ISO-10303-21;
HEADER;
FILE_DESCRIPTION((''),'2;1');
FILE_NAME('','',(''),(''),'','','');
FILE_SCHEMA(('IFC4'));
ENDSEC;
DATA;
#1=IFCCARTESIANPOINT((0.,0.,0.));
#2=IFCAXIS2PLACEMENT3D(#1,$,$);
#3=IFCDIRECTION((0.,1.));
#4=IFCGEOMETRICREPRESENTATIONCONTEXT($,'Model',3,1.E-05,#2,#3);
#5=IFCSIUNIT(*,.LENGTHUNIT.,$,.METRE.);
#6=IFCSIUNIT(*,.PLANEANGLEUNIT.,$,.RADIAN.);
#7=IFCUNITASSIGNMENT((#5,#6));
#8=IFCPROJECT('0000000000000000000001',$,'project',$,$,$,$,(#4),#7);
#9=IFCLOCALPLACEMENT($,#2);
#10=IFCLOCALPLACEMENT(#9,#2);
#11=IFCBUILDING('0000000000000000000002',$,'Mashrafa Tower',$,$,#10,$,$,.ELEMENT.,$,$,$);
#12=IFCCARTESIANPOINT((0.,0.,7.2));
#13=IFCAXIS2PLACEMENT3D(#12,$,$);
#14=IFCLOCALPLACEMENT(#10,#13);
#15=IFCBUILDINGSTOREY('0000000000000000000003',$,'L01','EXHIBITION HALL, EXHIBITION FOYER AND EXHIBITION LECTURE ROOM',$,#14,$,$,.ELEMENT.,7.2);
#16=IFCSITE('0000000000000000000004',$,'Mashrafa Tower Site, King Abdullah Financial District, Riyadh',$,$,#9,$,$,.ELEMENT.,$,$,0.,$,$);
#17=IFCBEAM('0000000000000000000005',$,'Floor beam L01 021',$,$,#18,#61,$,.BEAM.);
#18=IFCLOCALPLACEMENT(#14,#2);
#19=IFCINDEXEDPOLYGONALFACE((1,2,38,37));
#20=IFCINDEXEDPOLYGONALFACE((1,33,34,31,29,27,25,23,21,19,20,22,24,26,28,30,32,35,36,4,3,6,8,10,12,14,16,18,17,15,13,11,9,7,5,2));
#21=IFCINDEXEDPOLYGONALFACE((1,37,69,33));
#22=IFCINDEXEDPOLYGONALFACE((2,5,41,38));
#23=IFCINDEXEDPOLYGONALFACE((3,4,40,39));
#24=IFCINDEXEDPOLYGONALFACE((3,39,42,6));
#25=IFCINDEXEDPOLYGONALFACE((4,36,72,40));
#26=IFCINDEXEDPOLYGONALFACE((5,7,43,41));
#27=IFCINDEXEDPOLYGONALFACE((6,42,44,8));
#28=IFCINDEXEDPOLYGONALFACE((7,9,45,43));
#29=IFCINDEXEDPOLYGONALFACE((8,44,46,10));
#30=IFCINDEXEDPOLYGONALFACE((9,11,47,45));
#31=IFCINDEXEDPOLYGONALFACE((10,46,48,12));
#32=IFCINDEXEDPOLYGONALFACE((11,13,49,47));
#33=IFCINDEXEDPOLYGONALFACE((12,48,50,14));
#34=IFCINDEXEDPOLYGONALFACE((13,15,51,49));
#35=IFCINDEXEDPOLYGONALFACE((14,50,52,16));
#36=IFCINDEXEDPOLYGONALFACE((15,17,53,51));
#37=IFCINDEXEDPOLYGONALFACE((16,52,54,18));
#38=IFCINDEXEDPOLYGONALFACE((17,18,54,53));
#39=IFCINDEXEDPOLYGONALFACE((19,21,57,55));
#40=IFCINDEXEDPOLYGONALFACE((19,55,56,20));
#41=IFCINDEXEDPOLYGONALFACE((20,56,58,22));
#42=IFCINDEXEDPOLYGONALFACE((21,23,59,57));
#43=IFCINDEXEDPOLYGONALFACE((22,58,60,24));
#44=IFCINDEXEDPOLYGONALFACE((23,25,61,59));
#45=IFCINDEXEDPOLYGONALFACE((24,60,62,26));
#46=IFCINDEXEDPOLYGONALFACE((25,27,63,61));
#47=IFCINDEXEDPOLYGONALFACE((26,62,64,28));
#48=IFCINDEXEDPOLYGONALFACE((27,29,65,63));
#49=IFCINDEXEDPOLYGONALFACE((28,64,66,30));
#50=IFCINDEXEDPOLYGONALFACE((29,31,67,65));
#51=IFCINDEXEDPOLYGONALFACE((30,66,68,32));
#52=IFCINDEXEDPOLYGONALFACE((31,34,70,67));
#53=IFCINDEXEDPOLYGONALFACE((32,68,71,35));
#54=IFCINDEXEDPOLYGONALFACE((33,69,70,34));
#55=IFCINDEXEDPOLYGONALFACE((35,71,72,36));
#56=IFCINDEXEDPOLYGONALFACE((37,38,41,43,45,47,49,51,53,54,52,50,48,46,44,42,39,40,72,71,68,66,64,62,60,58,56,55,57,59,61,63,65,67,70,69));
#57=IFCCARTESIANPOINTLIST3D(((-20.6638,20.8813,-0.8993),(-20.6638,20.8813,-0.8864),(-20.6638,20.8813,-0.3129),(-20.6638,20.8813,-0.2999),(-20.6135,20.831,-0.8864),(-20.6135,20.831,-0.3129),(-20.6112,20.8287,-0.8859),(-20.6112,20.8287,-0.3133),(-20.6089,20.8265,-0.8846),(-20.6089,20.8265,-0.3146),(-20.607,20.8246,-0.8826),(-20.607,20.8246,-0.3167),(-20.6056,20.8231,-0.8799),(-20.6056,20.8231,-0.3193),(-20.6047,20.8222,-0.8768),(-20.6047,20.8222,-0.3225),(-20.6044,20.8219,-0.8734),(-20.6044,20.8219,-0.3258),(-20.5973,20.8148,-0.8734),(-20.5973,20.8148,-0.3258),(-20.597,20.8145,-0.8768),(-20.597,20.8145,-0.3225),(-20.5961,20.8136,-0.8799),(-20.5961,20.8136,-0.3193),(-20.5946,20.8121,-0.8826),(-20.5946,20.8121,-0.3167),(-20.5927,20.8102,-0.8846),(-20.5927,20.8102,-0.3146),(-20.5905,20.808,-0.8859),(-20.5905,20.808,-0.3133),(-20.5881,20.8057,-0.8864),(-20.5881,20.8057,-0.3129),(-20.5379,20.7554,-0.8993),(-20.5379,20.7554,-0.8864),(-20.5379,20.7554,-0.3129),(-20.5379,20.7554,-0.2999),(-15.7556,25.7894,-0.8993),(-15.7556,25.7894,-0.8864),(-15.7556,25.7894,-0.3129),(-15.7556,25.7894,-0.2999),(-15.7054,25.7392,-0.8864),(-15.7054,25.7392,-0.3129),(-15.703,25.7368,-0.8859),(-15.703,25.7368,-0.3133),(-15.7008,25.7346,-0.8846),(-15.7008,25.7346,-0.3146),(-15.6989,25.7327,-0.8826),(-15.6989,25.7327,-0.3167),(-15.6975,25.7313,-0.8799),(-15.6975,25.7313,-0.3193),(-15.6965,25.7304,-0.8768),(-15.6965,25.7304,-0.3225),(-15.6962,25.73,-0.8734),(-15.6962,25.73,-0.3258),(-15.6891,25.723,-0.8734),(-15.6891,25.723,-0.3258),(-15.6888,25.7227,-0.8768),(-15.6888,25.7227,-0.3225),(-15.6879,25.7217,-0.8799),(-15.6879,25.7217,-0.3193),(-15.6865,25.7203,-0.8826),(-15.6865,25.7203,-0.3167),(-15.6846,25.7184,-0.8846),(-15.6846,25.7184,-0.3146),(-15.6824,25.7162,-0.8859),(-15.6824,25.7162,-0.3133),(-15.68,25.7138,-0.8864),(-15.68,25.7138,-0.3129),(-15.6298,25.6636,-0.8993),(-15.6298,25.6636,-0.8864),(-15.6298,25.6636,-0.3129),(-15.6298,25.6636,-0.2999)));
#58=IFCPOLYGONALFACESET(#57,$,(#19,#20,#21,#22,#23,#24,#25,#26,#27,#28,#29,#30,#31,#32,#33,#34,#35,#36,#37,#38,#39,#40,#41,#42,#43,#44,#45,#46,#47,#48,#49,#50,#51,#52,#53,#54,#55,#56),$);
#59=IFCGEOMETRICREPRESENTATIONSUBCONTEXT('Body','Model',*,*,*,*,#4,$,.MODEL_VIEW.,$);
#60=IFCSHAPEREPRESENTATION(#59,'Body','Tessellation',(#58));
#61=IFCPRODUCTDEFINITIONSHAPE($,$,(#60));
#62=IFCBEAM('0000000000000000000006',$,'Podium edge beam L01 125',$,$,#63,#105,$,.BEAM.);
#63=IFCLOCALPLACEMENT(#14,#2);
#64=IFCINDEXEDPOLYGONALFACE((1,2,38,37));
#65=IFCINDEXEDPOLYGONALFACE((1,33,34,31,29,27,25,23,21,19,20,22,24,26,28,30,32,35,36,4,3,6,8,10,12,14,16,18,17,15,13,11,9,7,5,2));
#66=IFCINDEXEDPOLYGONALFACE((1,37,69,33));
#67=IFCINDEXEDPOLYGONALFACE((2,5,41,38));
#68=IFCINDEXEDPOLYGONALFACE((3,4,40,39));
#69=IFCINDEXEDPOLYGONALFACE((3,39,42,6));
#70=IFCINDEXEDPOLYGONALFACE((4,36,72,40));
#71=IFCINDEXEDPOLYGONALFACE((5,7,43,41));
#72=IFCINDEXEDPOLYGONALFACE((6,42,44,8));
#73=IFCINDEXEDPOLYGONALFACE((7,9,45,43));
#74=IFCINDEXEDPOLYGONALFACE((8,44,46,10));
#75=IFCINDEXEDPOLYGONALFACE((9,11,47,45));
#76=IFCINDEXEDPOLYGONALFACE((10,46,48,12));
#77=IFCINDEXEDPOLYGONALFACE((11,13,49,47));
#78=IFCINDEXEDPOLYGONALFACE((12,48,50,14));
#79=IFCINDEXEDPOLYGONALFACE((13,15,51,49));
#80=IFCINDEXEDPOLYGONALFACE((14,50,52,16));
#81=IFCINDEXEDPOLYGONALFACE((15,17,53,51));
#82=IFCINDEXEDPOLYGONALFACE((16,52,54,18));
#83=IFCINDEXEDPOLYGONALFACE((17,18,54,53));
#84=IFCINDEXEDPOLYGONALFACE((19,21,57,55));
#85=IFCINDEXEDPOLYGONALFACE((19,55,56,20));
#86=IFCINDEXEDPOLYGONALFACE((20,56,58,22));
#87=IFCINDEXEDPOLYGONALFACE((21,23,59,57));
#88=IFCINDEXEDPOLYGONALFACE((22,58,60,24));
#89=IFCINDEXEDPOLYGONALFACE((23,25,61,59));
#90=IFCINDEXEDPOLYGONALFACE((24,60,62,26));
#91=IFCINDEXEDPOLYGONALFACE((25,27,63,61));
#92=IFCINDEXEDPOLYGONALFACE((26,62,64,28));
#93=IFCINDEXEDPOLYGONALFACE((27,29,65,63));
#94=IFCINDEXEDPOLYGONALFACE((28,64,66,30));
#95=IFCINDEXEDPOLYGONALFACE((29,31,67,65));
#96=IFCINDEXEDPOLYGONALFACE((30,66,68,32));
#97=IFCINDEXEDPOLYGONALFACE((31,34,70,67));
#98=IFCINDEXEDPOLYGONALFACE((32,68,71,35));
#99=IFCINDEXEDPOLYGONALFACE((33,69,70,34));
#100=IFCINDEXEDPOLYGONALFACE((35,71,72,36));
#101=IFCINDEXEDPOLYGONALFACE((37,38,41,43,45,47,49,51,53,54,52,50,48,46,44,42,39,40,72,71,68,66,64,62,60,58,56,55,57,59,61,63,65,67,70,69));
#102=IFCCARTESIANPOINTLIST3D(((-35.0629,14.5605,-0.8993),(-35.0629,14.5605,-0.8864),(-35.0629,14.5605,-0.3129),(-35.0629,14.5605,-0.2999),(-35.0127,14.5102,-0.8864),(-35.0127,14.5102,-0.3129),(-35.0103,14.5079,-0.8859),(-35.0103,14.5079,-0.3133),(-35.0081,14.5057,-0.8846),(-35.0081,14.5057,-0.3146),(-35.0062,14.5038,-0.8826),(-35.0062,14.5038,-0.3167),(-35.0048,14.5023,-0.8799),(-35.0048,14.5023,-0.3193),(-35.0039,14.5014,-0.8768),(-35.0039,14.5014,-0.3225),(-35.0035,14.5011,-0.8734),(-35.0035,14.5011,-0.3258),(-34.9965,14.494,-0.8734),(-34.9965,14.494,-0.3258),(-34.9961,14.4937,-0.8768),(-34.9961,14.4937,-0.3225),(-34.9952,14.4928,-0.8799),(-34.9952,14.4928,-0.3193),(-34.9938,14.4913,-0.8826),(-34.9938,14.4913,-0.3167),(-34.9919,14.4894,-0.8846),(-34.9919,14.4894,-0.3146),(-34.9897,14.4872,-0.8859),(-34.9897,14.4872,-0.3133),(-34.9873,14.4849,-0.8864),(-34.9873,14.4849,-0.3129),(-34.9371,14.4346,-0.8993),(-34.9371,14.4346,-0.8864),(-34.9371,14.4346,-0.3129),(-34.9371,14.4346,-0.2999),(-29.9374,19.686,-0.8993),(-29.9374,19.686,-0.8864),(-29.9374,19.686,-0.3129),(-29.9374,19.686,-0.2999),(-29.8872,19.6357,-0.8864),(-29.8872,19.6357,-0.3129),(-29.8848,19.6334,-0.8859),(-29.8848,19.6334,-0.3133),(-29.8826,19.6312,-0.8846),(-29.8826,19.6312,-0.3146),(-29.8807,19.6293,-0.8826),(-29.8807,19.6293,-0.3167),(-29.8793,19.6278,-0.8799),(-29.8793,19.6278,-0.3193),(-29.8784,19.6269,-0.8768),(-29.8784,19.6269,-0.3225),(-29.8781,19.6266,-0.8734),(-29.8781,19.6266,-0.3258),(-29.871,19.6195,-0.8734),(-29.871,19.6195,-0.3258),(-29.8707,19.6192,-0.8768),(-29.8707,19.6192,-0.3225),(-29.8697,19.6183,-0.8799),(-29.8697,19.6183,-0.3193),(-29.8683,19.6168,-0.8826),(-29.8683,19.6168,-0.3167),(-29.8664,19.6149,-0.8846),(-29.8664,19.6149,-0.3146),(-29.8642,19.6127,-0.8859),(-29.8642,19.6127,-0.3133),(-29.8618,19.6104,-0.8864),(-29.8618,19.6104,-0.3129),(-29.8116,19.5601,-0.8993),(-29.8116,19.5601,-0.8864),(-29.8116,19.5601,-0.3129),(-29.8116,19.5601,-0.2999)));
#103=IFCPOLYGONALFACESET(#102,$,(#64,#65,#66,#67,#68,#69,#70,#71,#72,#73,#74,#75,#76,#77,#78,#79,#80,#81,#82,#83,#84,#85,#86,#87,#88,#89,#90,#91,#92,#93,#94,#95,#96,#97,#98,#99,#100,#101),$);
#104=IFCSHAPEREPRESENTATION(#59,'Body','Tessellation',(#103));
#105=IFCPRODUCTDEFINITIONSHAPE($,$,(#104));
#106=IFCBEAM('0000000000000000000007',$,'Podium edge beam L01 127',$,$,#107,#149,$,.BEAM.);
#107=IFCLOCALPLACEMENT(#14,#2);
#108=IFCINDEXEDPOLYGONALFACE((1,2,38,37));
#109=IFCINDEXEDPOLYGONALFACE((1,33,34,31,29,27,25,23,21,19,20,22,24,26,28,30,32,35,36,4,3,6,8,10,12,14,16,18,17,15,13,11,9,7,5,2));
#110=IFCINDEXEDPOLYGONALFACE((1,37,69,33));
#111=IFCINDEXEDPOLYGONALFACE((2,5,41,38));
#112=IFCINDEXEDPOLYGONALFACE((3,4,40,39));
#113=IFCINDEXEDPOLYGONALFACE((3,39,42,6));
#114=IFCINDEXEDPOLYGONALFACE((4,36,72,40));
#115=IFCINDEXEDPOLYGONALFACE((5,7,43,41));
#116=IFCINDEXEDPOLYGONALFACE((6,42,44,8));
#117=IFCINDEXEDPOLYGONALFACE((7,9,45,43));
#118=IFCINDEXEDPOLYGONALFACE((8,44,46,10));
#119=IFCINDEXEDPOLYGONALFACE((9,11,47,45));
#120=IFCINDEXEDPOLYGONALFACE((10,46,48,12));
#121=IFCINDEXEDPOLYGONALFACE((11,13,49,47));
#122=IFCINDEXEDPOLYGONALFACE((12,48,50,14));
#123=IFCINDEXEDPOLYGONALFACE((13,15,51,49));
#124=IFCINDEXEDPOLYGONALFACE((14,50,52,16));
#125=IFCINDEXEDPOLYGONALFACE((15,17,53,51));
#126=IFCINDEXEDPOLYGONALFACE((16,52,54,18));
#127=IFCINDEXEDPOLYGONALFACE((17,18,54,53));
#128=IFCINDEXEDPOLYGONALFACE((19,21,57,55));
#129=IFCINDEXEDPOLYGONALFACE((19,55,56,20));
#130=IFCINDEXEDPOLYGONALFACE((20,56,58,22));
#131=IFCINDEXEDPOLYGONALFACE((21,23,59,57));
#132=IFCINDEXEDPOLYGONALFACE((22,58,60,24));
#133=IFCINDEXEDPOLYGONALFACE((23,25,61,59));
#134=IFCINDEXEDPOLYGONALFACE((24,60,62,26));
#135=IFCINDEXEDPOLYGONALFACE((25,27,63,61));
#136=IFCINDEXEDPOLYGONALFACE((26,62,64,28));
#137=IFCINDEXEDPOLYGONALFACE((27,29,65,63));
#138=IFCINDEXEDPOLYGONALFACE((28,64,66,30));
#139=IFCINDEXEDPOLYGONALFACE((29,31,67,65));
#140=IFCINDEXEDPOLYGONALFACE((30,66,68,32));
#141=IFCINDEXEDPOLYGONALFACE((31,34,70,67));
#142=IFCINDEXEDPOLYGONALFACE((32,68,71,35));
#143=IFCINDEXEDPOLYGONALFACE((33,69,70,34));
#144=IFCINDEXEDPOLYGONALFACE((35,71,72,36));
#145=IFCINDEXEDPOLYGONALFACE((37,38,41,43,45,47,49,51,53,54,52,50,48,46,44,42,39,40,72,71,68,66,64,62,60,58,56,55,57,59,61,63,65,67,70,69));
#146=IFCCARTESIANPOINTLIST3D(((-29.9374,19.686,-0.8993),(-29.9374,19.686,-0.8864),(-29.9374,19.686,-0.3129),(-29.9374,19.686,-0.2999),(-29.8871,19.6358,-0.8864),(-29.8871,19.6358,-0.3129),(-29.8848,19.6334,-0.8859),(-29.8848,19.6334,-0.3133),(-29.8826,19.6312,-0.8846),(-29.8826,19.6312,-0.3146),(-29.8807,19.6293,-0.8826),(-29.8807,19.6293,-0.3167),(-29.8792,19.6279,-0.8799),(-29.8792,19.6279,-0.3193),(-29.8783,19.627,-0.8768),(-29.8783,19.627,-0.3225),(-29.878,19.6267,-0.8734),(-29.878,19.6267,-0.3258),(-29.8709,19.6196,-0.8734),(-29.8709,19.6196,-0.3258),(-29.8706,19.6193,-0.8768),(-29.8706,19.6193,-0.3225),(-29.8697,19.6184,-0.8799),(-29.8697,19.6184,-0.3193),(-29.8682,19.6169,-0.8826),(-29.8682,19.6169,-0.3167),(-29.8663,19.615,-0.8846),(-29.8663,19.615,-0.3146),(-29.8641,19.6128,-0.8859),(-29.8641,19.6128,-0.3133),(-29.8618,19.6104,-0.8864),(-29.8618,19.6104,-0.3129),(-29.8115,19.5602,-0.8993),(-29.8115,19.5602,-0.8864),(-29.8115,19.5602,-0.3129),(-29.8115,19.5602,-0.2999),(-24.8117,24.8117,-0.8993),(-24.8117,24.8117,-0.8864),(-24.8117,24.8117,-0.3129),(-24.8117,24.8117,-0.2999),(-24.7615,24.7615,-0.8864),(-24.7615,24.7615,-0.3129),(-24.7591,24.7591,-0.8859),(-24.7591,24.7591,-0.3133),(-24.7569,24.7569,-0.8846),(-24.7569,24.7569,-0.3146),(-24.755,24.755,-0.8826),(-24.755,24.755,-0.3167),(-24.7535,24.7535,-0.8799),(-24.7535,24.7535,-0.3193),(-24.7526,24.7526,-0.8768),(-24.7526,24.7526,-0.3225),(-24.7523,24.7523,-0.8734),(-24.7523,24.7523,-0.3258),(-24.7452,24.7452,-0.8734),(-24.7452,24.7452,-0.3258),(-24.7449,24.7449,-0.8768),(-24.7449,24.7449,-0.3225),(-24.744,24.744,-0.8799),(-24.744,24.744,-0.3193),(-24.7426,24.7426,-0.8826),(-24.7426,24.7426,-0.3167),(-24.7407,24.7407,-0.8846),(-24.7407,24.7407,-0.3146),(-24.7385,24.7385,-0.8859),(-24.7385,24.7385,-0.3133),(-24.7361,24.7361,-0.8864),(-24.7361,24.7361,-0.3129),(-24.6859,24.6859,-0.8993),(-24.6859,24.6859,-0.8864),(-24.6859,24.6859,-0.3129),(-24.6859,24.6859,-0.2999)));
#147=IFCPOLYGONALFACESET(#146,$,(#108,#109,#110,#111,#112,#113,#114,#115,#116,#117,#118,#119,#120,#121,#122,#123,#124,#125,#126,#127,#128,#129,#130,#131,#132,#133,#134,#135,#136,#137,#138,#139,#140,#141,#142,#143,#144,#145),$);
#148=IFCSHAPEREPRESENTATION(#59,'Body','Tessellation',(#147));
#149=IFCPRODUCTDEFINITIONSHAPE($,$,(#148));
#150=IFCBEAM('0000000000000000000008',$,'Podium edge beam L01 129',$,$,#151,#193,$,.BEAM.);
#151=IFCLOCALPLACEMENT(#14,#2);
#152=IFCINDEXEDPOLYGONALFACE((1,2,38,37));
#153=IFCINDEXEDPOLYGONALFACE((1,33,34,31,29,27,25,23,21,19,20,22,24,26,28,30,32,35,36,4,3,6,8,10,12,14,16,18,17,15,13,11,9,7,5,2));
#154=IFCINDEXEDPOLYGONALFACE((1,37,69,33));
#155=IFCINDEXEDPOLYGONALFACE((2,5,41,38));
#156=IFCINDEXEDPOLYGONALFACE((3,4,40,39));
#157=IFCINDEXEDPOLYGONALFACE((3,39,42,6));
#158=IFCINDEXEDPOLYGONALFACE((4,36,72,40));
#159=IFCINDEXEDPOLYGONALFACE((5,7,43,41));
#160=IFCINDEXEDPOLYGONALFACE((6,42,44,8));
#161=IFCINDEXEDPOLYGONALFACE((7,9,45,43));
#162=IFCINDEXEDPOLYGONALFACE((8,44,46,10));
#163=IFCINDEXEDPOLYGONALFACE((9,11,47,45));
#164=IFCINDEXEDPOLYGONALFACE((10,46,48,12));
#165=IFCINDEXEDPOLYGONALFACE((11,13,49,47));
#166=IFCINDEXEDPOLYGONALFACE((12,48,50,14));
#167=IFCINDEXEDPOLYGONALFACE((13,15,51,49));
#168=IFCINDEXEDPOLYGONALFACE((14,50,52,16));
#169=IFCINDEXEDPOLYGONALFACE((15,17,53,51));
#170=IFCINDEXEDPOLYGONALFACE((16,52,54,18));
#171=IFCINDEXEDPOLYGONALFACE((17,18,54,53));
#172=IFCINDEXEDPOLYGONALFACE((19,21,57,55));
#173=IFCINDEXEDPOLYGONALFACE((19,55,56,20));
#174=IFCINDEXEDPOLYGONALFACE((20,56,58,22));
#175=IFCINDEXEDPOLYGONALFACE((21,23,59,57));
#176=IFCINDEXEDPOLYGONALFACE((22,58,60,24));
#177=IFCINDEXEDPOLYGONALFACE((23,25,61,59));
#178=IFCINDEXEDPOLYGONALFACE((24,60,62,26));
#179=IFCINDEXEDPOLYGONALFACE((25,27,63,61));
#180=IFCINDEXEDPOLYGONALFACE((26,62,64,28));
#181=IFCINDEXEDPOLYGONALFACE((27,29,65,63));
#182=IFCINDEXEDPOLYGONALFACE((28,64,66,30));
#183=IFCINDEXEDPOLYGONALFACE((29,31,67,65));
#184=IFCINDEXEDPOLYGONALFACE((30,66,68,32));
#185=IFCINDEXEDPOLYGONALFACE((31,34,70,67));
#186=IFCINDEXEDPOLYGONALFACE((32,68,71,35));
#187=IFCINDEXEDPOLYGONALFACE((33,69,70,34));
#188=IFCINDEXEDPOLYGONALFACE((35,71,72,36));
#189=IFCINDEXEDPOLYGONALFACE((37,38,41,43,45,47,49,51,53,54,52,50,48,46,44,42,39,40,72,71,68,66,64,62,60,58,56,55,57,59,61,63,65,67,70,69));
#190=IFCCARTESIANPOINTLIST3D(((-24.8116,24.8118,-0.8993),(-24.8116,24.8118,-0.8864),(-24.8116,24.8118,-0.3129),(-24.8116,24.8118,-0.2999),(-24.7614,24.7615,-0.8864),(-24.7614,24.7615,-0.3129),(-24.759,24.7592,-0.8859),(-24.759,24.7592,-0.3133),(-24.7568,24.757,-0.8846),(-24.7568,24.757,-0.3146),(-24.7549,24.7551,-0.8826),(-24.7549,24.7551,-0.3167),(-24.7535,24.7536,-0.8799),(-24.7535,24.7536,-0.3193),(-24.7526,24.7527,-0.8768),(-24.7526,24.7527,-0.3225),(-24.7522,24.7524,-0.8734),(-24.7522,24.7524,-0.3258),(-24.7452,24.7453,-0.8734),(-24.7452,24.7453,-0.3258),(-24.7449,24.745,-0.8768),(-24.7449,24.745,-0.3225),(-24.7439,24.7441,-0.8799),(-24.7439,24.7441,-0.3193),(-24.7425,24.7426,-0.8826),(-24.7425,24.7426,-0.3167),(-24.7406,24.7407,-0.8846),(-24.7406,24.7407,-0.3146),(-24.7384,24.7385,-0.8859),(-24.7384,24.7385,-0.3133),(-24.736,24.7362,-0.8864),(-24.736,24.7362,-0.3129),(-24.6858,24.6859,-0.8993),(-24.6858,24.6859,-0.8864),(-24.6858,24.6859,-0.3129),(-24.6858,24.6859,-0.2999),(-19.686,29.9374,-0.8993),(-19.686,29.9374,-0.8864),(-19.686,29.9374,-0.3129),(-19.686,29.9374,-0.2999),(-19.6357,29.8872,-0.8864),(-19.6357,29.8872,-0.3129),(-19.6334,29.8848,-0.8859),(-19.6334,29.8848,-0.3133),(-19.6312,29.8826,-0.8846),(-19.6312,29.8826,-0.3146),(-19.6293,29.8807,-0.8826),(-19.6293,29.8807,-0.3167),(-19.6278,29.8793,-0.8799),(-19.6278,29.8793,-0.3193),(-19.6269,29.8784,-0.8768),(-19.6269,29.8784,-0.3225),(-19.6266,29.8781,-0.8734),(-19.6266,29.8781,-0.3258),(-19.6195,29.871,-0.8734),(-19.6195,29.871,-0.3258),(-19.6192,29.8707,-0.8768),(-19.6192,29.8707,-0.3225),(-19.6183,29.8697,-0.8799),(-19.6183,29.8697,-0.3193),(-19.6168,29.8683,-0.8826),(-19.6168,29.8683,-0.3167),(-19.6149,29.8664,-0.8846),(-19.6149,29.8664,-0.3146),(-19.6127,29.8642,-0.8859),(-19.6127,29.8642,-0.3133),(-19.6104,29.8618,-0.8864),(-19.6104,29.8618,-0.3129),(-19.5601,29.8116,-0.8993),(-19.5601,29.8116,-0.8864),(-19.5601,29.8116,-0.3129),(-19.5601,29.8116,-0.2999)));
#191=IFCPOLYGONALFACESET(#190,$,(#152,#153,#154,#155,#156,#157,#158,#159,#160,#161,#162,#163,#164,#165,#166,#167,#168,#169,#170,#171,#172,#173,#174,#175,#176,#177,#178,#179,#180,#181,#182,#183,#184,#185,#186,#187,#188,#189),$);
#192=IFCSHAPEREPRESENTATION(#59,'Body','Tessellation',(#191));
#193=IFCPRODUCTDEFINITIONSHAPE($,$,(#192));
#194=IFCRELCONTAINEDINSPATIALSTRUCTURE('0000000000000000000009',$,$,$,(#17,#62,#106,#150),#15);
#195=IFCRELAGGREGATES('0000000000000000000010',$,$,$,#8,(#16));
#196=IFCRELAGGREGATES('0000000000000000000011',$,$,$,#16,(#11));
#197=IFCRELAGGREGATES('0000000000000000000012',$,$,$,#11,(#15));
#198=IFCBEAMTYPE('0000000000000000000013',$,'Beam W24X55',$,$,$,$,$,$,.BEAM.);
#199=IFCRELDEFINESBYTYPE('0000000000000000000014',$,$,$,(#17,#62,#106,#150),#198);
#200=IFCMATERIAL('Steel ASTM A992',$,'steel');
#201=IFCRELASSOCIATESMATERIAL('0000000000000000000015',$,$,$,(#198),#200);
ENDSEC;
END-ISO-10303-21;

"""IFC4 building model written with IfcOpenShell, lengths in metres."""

from ifc_helpers import new_model, si_unit, direction, frame, origin, origin_2d, place, context, subcontext, project, spatial, i_section, extrude, material, material_profile, profile_set, type_object, element, save


model = new_model("IFC4")

# Units and contexts
model_context = context("Model", 3, precision=1e-05, world=origin(), true_north=direction((0.0, 1.0)))
body_context = subcontext(model_context, "Body", "Model", "MODEL_VIEW")
ifc_project = project(units=[si_unit("LENGTHUNIT", "METRE"), si_unit("PLANEANGLEUNIT", "RADIAN")], contexts=[model_context])

# Site, building, storey
site_placement = place(None, origin())
site = spatial("IfcSite", under=ifc_project, at=site_placement, Name="Mashrafa Tower Site, King Abdullah Financial District, Riyadh", CompositionType="ELEMENT", RefElevation=0.0)
building_placement = place(site_placement, origin())
building = spatial("IfcBuilding", under=site, at=building_placement, Name="Mashrafa Tower", CompositionType="ELEMENT")
storey_placement = place(building_placement, frame((0.0, 0.0, 7.2)))
storey = spatial("IfcBuildingStorey", under=building, at=storey_placement, Name="L01", Description="EXHIBITION HALL, EXHIBITION FOYER AND EXHIBITION LECTURE ROOM", CompositionType="ELEMENT", Elevation=7.2)

# Beams
ifc_material_1 = material(Name="Steel ASTM A992", Category="steel")
ifc_material_profile_1 = material_profile(ifc_material_1, i_section(OverallWidth=0.178, OverallDepth=0.5994, WebThickness=0.01, FlangeThickness=0.0129, FilletRadius=0.0129, at=origin_2d()), Name="W24X55")
ifc_profile_set_1 = profile_set([ifc_material_profile_1], Name="Steel ASTM A992")
beam_type_1 = type_object("IfcBeamType", Name="Beam W24X55", PredefinedType="BEAM", material=ifc_profile_set_1)
beam_1_placement = place(storey_placement, frame((-20.6008, 20.8184, -0.5996), z_axis=(0.707107, 0.707107, 0.0), x_axis=(-0.707107, 0.707107, 0.0)))
element("IfcBeam", 1, at=beam_1_placement, inside=storey, type_object=beam_type_1, Name="Floor beam L01 021", PredefinedType="BEAM", context=body_context, shape_type="SweptSolid", body=[
    extrude(i_section(OverallWidth=0.178, OverallDepth=0.5994, WebThickness=0.01, FlangeThickness=0.0129, FilletRadius=0.0129, at=origin_2d()), origin(), (0.0, 0.0, 1.0), 6.9412),
])
beam_2_placement = place(storey_placement, frame((-29.8745, 19.623, -0.5996), z_axis=(-0.707107, -0.707107, 0.0), x_axis=(0.707107, -0.707107, 0.0)))
element("IfcBeam", 2, at=beam_2_placement, inside=storey, type_object=beam_type_1, Name="Podium edge beam L01 125", PredefinedType="BEAM", context=body_context, shape_type="SweptSolid", body=[
    extrude(i_section(OverallWidth=0.178, OverallDepth=0.5994, WebThickness=0.01, FlangeThickness=0.0129, FilletRadius=0.0129, at=origin_2d()), origin(), (0.0, 0.0, 1.0), 7.2485),
])
for number, where, z_axis, x_axis, name in (
    (3, (-24.7488, 24.7488, -0.5996), (-0.707107, -0.707107, 0.0), (0.707107, -0.707107, 0.0), "Podium edge beam L01 127"),
    (4, (-19.623, 29.8745, -0.5996), (-0.707107, -0.707107, 0.0), (0.707107, -0.707107, 0.0), "Podium edge beam L01 129"),
):
    element("IfcBeam", number, at=place(storey_placement, frame(where, z_axis=z_axis, x_axis=x_axis)), inside=storey, type_object=beam_type_1, Name=name, PredefinedType="BEAM", context=body_context, shape_type="SweptSolid", body=[
        extrude(i_section(OverallWidth=0.178, OverallDepth=0.5994, WebThickness=0.01, FlangeThickness=0.0129, FilletRadius=0.0129, at=origin_2d()), origin(), (0.0, 0.0, 1.0), 7.2488),
    ])

save(model, "model.ifc")
